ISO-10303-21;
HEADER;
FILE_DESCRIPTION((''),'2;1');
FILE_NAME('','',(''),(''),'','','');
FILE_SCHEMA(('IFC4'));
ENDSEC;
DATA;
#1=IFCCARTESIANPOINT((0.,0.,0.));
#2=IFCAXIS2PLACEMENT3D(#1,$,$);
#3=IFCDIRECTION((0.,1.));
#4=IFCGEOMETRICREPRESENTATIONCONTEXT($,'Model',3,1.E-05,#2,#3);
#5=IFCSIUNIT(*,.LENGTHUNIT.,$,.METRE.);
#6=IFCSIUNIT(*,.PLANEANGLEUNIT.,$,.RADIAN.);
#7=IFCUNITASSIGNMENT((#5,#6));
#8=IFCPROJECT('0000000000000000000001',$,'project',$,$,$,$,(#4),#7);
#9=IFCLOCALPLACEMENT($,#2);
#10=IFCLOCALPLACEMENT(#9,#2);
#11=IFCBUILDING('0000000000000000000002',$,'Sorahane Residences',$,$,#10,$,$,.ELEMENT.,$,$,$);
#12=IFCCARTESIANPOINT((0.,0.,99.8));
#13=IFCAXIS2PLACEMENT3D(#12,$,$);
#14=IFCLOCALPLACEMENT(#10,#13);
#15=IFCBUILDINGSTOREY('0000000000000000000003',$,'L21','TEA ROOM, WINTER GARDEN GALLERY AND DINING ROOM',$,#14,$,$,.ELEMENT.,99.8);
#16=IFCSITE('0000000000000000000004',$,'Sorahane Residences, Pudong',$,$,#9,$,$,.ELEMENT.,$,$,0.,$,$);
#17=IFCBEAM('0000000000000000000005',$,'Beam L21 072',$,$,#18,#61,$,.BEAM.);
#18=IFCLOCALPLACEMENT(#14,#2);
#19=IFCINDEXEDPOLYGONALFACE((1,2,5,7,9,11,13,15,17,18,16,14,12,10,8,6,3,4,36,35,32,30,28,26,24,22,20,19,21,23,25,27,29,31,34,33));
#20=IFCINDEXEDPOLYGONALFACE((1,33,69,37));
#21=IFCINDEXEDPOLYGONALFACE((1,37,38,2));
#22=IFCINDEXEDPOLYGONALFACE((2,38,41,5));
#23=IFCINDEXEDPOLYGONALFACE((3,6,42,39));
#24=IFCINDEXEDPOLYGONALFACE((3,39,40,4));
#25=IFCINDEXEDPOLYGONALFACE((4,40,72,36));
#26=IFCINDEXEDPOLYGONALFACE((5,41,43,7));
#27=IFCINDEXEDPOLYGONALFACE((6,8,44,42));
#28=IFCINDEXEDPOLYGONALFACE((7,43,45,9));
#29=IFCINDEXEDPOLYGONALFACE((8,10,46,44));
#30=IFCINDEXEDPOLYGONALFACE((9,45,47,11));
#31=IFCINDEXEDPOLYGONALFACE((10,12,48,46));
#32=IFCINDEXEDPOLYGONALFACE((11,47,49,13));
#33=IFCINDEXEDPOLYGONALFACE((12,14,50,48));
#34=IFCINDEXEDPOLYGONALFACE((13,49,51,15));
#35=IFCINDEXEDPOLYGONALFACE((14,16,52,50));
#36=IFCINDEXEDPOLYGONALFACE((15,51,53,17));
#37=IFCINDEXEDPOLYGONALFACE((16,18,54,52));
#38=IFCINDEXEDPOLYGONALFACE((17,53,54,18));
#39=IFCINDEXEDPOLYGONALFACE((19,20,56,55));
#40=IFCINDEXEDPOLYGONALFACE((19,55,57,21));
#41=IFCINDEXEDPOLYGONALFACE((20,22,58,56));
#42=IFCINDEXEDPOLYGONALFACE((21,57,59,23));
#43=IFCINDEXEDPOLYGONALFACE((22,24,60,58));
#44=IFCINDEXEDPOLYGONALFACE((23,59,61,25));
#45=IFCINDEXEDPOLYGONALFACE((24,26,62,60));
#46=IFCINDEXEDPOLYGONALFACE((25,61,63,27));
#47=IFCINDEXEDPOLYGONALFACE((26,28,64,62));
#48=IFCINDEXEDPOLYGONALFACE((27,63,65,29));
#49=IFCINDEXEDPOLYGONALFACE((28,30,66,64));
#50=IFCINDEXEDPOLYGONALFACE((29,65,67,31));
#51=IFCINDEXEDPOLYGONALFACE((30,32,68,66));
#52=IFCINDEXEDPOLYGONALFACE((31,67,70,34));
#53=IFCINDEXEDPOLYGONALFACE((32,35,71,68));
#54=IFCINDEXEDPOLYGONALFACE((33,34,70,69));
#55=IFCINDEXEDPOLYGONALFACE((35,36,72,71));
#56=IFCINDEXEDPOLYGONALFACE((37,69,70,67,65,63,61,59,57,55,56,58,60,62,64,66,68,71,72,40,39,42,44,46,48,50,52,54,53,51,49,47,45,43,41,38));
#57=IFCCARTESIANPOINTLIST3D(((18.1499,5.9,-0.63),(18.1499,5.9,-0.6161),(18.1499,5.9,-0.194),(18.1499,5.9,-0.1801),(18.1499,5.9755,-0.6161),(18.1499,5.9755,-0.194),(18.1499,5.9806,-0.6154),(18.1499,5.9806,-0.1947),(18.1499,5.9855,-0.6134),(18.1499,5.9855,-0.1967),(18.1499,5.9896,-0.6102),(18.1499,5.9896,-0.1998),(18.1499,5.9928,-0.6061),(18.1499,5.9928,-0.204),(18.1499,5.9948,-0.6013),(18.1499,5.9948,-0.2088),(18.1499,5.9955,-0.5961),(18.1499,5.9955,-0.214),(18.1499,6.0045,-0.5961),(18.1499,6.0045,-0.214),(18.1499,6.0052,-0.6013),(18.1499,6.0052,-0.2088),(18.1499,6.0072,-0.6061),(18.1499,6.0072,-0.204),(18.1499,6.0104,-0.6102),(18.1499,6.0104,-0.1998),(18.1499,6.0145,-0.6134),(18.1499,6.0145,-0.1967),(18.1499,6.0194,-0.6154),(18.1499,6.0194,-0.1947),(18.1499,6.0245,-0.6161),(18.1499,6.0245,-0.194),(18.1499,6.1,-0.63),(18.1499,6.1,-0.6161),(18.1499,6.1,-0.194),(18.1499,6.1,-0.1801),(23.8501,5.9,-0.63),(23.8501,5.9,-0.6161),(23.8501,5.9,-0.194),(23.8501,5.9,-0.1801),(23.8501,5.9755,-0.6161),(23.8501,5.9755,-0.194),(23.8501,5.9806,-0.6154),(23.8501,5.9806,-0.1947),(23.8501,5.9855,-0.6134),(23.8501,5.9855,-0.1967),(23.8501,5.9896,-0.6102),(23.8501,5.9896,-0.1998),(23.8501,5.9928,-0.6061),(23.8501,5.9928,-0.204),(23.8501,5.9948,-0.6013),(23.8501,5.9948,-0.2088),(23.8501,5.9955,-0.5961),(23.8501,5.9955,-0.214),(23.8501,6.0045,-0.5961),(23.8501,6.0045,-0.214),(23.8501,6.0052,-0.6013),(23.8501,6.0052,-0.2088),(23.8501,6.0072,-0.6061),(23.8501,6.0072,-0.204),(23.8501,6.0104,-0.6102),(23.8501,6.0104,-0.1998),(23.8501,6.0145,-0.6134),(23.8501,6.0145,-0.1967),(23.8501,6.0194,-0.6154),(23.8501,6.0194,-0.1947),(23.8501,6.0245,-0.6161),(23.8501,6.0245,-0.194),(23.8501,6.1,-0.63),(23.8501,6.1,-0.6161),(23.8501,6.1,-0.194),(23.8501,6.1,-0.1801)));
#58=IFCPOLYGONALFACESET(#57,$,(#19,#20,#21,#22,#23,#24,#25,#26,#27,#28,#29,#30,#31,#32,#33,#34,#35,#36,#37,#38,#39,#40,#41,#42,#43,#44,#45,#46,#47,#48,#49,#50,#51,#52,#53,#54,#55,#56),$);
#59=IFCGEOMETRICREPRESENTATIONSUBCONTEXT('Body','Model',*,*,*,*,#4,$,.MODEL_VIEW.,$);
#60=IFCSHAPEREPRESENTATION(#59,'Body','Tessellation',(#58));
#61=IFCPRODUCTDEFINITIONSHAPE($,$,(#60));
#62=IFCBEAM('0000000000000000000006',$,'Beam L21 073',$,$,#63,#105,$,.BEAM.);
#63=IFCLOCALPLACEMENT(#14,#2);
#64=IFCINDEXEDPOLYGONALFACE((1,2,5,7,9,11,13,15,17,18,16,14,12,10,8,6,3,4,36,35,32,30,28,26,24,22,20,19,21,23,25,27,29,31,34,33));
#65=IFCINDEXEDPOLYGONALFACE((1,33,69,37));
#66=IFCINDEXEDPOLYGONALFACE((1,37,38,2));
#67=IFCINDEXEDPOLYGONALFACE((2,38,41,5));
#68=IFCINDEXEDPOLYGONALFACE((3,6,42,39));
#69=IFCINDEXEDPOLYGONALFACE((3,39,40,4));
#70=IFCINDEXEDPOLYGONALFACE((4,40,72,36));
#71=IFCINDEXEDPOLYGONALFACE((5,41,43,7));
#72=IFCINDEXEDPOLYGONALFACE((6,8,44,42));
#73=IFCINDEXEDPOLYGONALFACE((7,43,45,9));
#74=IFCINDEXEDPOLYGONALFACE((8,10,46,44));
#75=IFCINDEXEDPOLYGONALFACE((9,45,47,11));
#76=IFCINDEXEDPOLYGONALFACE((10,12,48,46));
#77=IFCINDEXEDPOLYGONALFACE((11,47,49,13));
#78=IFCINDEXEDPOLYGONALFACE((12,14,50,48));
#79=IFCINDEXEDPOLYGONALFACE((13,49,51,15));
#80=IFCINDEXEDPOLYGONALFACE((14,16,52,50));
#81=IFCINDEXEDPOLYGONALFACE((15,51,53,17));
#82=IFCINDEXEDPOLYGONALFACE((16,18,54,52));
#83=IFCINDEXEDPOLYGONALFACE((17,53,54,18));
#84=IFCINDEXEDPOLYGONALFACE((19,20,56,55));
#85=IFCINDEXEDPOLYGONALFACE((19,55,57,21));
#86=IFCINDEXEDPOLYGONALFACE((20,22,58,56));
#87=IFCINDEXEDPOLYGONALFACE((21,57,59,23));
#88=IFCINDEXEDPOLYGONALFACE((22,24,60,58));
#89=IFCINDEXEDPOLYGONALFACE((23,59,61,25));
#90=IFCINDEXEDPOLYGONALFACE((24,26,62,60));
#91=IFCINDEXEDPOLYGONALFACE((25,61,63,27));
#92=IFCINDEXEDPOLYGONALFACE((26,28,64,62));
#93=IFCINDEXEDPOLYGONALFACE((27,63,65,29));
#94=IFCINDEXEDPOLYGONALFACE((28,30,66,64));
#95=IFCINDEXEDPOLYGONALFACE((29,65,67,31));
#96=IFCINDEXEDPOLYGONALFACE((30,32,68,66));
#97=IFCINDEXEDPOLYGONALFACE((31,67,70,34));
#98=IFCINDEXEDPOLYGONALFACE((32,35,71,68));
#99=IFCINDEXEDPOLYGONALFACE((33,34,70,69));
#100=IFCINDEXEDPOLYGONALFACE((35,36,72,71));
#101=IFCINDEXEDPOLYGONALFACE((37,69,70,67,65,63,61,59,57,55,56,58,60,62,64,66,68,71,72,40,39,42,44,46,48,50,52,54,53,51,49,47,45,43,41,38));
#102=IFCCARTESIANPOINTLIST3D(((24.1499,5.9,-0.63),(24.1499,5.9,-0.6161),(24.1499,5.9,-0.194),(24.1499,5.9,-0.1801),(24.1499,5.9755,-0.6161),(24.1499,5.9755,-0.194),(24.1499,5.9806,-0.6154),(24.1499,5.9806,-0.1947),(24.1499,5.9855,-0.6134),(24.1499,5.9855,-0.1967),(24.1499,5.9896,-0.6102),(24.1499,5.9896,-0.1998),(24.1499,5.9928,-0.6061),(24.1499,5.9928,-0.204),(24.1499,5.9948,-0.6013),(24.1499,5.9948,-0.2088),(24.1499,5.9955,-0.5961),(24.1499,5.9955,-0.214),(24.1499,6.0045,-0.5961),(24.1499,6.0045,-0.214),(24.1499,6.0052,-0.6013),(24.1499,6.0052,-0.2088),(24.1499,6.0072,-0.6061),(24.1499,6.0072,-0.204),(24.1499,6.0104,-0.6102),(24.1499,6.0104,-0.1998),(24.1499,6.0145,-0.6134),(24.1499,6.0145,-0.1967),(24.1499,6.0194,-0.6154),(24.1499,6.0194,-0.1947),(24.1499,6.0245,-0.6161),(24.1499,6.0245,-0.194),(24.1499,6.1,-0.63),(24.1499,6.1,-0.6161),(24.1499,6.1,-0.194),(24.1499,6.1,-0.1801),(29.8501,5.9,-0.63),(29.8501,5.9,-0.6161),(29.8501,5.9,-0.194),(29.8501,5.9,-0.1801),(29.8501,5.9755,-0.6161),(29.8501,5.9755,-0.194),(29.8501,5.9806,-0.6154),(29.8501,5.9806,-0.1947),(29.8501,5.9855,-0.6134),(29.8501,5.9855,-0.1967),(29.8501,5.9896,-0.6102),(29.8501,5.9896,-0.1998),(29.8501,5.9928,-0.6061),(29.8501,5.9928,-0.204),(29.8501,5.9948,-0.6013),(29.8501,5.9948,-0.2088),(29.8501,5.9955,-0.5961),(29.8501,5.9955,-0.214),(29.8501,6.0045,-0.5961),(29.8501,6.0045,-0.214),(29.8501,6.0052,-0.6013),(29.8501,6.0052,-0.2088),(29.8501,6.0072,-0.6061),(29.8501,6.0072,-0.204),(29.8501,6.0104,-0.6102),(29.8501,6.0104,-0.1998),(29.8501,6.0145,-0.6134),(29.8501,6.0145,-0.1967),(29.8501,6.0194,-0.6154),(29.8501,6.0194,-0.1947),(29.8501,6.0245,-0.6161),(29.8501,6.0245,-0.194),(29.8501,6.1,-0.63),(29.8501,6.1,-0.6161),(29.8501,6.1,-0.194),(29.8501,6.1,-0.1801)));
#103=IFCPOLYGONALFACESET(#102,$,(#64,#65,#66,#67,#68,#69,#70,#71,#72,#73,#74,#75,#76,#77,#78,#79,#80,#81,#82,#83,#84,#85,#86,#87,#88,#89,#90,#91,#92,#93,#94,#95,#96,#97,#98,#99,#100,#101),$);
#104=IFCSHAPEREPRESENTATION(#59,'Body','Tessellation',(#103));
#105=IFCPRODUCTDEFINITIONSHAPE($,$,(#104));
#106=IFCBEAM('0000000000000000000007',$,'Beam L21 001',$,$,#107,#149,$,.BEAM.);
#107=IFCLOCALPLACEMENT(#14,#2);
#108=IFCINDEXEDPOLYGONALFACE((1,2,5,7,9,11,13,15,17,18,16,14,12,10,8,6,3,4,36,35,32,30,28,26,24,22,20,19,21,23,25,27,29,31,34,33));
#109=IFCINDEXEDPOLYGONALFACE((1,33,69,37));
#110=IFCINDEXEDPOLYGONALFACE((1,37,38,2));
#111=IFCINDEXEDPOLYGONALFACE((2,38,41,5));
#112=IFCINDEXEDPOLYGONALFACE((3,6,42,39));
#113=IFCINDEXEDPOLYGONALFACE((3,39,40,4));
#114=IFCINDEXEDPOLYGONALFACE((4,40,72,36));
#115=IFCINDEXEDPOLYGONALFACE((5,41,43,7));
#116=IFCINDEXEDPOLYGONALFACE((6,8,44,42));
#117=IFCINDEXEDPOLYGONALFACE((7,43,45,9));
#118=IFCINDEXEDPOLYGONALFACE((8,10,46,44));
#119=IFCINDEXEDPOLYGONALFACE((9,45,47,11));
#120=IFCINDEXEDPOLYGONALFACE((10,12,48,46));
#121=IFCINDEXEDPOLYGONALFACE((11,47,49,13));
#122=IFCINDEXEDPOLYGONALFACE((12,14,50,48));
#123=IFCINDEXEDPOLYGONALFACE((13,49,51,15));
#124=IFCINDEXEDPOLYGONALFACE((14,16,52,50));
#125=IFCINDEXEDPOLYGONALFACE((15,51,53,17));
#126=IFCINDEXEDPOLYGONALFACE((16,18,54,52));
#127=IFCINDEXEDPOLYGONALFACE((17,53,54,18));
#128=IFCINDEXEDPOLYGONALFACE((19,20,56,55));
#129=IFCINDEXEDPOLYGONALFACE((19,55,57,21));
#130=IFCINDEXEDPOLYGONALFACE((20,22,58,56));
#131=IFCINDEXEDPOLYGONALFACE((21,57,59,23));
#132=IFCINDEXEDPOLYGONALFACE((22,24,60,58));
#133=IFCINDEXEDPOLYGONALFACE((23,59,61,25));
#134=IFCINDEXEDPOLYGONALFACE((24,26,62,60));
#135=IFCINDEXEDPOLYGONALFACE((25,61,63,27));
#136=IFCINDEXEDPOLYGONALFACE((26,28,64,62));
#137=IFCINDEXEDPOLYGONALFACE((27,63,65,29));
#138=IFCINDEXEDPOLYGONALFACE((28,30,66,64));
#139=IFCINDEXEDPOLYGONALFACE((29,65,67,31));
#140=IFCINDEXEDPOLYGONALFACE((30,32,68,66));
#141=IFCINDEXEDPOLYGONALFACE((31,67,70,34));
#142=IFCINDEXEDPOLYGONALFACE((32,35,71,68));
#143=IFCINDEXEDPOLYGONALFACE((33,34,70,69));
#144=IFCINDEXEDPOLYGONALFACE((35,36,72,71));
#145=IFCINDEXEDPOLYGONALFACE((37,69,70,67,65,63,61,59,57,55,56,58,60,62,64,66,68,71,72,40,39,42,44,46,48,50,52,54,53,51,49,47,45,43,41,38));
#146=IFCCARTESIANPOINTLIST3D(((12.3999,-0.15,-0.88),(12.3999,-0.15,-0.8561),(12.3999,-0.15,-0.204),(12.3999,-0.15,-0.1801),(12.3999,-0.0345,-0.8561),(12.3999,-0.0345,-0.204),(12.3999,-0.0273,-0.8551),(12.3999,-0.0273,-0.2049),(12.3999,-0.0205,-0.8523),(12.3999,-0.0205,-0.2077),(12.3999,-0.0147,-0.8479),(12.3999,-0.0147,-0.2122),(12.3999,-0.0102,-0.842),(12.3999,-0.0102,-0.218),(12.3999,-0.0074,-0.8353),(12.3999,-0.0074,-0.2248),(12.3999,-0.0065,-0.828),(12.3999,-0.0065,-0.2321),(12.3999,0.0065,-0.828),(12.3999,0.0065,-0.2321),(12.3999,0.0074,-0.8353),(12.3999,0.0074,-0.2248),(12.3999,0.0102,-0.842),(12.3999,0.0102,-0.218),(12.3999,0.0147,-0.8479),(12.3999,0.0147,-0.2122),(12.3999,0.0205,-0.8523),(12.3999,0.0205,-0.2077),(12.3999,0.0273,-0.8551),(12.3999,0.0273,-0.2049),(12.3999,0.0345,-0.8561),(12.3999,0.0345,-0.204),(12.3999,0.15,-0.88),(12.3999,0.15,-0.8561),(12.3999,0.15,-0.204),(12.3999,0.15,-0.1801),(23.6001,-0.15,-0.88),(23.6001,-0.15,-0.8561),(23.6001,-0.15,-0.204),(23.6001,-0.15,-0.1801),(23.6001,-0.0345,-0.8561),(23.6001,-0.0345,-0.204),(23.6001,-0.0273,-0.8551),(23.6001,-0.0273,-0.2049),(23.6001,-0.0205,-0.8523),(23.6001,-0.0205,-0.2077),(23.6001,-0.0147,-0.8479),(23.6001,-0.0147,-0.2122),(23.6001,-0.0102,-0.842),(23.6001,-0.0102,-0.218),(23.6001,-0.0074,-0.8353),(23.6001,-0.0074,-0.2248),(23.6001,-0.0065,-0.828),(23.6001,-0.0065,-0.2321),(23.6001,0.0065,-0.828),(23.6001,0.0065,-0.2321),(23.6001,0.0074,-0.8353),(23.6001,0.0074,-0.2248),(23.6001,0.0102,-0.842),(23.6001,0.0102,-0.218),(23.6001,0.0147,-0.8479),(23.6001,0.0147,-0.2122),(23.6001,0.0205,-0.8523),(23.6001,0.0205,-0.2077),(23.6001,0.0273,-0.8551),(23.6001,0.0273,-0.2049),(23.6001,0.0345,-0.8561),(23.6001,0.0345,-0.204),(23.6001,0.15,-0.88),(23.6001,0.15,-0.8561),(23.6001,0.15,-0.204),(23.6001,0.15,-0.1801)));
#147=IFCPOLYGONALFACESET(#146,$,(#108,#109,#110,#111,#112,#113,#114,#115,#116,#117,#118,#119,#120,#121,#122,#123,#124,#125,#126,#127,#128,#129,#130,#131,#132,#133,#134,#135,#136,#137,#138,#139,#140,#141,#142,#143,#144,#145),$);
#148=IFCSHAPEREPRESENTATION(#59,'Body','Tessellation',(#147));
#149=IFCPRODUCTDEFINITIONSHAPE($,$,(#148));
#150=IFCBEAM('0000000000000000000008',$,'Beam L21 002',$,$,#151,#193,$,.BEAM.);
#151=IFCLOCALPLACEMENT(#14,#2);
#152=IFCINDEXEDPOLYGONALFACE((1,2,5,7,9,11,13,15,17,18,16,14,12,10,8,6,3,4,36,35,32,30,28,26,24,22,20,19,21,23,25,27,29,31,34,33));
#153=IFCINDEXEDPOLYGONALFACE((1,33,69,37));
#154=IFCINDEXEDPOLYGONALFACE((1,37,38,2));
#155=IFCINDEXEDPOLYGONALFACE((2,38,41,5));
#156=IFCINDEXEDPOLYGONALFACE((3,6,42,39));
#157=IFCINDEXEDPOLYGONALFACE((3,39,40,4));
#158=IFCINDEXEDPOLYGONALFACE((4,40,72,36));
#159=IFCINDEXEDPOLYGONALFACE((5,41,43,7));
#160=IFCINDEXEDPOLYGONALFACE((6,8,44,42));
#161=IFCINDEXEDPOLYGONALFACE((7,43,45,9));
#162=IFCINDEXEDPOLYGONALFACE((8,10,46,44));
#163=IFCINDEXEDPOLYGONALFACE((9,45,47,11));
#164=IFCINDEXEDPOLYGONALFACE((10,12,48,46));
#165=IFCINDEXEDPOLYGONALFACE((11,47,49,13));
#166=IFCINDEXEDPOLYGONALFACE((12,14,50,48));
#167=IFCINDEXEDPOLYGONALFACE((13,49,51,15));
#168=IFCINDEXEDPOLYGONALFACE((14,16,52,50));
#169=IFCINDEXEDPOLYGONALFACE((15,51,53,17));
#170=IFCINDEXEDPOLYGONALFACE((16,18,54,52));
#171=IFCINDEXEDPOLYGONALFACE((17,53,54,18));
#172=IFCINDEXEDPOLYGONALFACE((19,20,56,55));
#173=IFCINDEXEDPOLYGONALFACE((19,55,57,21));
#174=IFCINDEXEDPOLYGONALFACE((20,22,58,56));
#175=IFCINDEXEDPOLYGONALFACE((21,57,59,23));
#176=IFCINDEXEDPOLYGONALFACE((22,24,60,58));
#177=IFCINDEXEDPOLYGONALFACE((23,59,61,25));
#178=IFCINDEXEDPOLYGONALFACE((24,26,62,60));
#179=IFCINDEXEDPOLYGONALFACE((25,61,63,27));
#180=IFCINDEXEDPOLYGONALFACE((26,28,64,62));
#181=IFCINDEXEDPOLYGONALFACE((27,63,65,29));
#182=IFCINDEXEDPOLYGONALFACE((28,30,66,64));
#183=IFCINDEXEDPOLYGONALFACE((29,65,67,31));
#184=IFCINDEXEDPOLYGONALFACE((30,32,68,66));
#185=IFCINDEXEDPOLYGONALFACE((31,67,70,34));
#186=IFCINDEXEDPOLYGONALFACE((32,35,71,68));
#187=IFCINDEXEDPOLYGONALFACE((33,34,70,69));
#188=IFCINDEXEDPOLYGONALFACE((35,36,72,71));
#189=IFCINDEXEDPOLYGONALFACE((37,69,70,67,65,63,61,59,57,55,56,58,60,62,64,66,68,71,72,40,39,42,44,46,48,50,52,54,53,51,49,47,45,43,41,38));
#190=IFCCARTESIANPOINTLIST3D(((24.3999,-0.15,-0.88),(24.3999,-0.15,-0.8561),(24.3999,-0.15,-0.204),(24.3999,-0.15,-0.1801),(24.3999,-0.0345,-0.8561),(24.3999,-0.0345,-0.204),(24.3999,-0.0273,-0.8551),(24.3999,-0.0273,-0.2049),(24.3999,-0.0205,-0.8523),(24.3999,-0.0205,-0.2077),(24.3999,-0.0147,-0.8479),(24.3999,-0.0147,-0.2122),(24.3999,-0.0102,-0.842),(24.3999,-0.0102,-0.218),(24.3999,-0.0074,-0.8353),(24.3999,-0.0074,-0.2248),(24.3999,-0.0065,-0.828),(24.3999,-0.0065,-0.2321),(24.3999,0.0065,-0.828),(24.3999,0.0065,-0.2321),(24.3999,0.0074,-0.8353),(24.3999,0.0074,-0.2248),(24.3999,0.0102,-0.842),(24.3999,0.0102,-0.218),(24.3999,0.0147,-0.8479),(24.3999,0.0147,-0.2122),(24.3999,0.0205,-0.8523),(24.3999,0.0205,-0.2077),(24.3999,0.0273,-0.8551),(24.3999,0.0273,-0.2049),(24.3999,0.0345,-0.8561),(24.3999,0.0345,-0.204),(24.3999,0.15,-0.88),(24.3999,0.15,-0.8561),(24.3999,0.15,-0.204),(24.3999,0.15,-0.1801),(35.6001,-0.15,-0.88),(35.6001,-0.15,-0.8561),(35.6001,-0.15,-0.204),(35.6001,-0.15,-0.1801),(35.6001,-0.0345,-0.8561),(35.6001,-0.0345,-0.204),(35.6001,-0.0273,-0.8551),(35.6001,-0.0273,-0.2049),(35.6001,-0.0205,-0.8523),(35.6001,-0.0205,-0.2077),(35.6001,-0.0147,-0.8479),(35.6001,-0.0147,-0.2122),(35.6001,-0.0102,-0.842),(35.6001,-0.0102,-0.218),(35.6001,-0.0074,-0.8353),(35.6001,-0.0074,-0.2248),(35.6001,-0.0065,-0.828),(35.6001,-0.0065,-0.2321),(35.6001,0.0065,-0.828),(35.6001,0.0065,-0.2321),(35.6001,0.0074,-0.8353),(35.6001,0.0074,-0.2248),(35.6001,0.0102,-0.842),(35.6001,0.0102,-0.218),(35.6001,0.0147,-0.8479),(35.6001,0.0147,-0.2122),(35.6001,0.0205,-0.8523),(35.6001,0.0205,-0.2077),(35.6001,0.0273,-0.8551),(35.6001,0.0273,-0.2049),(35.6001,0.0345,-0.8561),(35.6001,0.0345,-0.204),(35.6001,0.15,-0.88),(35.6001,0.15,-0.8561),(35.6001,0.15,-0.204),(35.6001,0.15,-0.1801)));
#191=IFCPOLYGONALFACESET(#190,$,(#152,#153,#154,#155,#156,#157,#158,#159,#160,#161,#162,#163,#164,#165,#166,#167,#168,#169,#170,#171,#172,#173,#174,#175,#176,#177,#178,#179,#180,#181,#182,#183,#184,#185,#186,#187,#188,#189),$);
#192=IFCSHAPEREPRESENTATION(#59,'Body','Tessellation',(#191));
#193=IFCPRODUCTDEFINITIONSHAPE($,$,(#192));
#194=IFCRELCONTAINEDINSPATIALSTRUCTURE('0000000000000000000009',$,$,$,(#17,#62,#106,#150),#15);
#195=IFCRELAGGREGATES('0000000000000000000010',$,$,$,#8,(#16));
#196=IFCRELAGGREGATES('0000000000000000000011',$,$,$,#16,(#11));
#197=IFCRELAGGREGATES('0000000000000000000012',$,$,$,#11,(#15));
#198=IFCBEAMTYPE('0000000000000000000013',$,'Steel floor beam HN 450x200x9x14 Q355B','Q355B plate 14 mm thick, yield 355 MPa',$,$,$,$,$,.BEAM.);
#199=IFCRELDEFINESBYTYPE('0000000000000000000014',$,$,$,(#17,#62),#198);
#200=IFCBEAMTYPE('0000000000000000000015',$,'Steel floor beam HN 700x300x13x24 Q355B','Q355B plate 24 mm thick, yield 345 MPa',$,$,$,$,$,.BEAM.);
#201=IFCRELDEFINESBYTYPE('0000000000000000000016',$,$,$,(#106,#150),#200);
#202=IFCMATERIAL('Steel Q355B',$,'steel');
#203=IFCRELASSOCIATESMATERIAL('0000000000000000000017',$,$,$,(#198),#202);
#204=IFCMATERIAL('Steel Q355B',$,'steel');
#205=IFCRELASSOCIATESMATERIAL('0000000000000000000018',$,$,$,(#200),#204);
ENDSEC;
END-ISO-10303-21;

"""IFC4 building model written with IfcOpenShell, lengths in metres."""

from ifc_helpers import new_model, si_unit, direction, frame, origin, origin_2d, place, context, subcontext, project, spatial, i_section, extrude, material, material_profile, profile_set, type_object, element, save


model = new_model("IFC4")

# Units and contexts
model_context = context("Model", 3, precision=1e-05, world=origin(), true_north=direction((0.0, 1.0)))
body_context = subcontext(model_context, "Body", "Model", "MODEL_VIEW")
ifc_project = project(units=[si_unit("LENGTHUNIT", "METRE"), si_unit("PLANEANGLEUNIT", "RADIAN")], contexts=[model_context])

# Site, building, storey
site_placement = place(None, origin())
site = spatial("IfcSite", under=ifc_project, at=site_placement, Name="Sorahane Residences, Pudong", CompositionType="ELEMENT", RefElevation=0.0)
building_placement = place(site_placement, origin())
building = spatial("IfcBuilding", under=site, at=building_placement, Name="Sorahane Residences", CompositionType="ELEMENT")
storey_placement = place(building_placement, frame((0.0, 0.0, 99.8)))
storey = spatial("IfcBuildingStorey", under=building, at=storey_placement, Name="L21", Description="TEA ROOM, WINTER GARDEN GALLERY AND DINING ROOM", CompositionType="ELEMENT", Elevation=99.8)

# Beams
ifc_material_1 = material(Name="Steel Q355B", Category="steel")
ifc_material_profile_1 = material_profile(ifc_material_1, i_section(OverallWidth=0.2, OverallDepth=0.45, WebThickness=0.009, FlangeThickness=0.0139, FilletRadius=0.02, at=origin_2d()), Name="HN 450x200x9x14")
ifc_profile_set_1 = profile_set([ifc_material_profile_1], Name="Steel Q355B")
beam_type_1 = type_object("IfcBeamType", Name="Steel floor beam HN 450x200x9x14 Q355B", Description="Q355B plate 14 mm thick, yield 355 MPa", PredefinedType="BEAM", material=ifc_profile_set_1)
for number, where, z_axis, x_axis, name in (
    (1, (18.1499, 6.0, -0.405), (1.0, 0.0, 0.0), (0.0, 1.0, 0.0), "Beam L21 072"),
    (2, (24.1499, 6.0, -0.405), (1.0, 0.0, 0.0), (0.0, 1.0, 0.0), "Beam L21 073"),
):
    element("IfcBeam", number, at=place(storey_placement, frame(where, z_axis=z_axis, x_axis=x_axis)), inside=storey, type_object=beam_type_1, Name=name, PredefinedType="BEAM", context=body_context, shape_type="SweptSolid", body=[
        extrude(i_section(OverallWidth=0.2, OverallDepth=0.45, WebThickness=0.009, FlangeThickness=0.0139, FilletRadius=0.02, at=origin_2d()), origin(), (0.0, 0.0, 1.0), 5.7002),
    ])
ifc_material_2 = material(Name="Steel Q355B", Category="steel")
ifc_material_profile_2 = material_profile(ifc_material_2, i_section(OverallWidth=0.3, OverallDepth=0.7, WebThickness=0.0129, FlangeThickness=0.0239, FilletRadius=0.0281, at=origin_2d()), Name="HN 700x300x13x24")
ifc_profile_set_2 = profile_set([ifc_material_profile_2], Name="Steel Q355B")
beam_type_2 = type_object("IfcBeamType", Name="Steel floor beam HN 700x300x13x24 Q355B", Description="Q355B plate 24 mm thick, yield 345 MPa", PredefinedType="BEAM", material=ifc_profile_set_2)
for number, where, z_axis, x_axis, name in (
    (3, (12.3999, 0.0, -0.53), (1.0, 0.0, 0.0), (0.0, 1.0, 0.0), "Beam L21 001"),
    (4, (24.3999, 0.0, -0.53), (1.0, 0.0, 0.0), (0.0, 1.0, 0.0), "Beam L21 002"),
):
    element("IfcBeam", number, at=place(storey_placement, frame(where, z_axis=z_axis, x_axis=x_axis)), inside=storey, type_object=beam_type_2, Name=name, PredefinedType="BEAM", context=body_context, shape_type="SweptSolid", body=[
        extrude(i_section(OverallWidth=0.3, OverallDepth=0.7, WebThickness=0.0129, FlangeThickness=0.0239, FilletRadius=0.0281, at=origin_2d()), origin(), (0.0, 0.0, 1.0), 11.2002),
    ])

save(model, "model.ifc")
